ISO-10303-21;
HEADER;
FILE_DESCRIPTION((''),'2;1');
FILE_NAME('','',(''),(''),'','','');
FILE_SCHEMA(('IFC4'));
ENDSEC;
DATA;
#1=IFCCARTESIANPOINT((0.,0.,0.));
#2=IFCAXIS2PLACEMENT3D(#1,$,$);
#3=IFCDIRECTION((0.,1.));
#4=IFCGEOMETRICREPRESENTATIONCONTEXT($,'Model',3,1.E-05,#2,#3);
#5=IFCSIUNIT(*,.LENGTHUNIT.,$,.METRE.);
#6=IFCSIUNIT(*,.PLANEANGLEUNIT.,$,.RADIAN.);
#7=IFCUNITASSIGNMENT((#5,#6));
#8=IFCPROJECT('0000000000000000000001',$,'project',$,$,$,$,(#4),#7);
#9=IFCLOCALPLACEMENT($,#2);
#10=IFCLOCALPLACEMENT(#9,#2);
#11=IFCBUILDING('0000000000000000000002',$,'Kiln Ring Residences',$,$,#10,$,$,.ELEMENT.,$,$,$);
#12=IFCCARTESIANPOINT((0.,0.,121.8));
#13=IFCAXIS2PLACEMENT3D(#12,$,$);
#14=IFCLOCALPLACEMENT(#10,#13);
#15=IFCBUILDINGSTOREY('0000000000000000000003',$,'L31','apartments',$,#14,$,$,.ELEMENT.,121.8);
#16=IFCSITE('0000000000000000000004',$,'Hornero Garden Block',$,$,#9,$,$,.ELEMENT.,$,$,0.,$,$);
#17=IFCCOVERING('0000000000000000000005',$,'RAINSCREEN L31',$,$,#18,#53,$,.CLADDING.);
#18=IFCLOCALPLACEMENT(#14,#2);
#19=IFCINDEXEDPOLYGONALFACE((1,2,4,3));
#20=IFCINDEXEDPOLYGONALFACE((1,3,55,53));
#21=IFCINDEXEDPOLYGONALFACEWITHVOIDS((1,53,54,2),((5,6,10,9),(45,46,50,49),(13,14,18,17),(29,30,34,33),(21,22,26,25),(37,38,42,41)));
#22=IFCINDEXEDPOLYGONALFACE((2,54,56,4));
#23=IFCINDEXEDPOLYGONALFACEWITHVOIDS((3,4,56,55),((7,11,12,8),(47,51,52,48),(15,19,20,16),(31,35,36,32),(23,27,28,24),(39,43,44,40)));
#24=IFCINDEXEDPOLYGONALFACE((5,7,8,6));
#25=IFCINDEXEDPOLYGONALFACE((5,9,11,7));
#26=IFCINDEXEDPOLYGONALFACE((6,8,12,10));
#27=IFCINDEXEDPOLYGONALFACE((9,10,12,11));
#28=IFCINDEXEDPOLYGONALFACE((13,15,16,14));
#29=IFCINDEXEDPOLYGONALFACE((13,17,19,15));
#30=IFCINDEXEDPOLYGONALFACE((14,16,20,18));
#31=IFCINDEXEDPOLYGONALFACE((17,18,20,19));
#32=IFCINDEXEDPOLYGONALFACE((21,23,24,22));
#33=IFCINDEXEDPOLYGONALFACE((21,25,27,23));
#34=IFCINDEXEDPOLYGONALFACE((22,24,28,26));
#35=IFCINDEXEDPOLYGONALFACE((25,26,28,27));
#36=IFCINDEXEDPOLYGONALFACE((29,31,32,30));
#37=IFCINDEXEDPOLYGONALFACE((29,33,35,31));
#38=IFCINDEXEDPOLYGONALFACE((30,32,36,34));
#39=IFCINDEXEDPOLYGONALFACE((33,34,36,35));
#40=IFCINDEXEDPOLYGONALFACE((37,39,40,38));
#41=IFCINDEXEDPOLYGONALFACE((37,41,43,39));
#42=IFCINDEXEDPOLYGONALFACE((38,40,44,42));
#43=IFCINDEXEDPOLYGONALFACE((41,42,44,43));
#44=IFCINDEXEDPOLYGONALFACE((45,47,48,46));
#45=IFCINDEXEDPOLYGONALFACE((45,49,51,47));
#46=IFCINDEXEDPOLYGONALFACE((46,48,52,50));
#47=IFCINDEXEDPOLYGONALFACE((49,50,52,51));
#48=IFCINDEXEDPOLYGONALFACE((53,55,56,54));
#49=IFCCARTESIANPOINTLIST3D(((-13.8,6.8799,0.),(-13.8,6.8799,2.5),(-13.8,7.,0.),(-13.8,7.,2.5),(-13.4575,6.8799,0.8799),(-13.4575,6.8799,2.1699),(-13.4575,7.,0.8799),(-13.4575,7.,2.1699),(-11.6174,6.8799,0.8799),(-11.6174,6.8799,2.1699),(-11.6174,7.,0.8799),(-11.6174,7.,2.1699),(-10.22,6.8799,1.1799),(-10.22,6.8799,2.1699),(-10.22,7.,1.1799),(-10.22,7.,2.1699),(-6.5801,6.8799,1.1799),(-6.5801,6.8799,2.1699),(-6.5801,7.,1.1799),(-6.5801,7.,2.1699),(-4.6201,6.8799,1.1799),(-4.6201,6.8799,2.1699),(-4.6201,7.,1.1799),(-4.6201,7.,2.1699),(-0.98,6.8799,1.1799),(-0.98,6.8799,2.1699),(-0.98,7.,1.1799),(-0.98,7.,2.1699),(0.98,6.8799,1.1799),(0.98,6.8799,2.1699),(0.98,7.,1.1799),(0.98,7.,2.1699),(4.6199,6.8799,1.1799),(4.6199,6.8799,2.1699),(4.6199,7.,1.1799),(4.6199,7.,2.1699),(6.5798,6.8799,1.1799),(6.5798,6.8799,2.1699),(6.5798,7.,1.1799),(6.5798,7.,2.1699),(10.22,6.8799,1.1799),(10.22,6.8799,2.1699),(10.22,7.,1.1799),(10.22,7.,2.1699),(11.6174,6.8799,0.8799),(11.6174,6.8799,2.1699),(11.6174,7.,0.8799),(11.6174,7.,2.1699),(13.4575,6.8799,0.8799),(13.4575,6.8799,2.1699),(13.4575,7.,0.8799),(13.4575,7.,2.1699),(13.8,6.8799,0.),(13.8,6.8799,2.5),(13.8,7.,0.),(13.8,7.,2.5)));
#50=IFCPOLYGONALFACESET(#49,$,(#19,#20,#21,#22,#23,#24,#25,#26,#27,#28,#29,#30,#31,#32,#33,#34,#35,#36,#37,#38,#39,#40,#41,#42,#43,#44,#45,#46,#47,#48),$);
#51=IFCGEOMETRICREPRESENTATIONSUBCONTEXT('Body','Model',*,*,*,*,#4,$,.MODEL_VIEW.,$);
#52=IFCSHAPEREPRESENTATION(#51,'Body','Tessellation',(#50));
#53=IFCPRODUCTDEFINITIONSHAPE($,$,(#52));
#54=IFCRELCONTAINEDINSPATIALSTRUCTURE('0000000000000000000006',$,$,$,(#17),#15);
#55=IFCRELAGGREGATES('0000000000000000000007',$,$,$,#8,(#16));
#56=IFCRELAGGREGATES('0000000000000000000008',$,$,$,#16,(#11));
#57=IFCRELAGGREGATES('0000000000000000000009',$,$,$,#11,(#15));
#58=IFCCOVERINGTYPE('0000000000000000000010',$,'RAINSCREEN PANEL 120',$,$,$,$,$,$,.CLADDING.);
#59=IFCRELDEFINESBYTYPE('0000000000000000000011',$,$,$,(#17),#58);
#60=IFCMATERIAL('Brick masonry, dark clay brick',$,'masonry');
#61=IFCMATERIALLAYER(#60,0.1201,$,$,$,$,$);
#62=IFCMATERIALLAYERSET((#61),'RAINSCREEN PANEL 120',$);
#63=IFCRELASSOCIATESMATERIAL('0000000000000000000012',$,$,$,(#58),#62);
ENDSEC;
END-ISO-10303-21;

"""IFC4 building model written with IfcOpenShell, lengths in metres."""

from ifc_helpers import new_model, si_unit, direction, frame, origin, place, context, subcontext, project, spatial, polyline, outline, extrude, material, layer, layer_set, type_object, element, save


model = new_model("IFC4")

# Units and contexts
model_context = context("Model", 3, precision=1e-05, world=origin(), true_north=direction((0.0, 1.0)))
body_context = subcontext(model_context, "Body", "Model", "MODEL_VIEW")
ifc_project = project(units=[si_unit("LENGTHUNIT", "METRE"), si_unit("PLANEANGLEUNIT", "RADIAN")], contexts=[model_context])

# Site, building, storey
site_placement = place(None, origin())
site = spatial("IfcSite", under=ifc_project, at=site_placement, Name="Hornero Garden Block", CompositionType="ELEMENT", RefElevation=0.0)
building_placement = place(site_placement, origin())
building = spatial("IfcBuilding", under=site, at=building_placement, Name="Kiln Ring Residences", CompositionType="ELEMENT")
storey_placement = place(building_placement, frame((0.0, 0.0, 121.8)))
storey = spatial("IfcBuildingStorey", under=building, at=storey_placement, Name="L31", Description="apartments", CompositionType="ELEMENT", Elevation=121.8)

# Covering
ifc_material_1 = material(Name="Brick masonry, dark clay brick", Category="masonry")
ifc_layer_1 = layer(ifc_material_1, 0.1201)
ifc_layer_set_1 = layer_set([ifc_layer_1], Name="RAINSCREEN PANEL 120")
covering_type = type_object("IfcCoveringType", Name="RAINSCREEN PANEL 120", PredefinedType="CLADDING", material=ifc_layer_set_1)
covering_placement = place(storey_placement, frame((-13.8, 6.9399, 0.0), z_axis=(0.0, 0.0, 1.0), x_axis=(1.0, 0.0, 0.0)))
element("IfcCovering", 1, at=covering_placement, inside=storey, type_object=covering_type, Name="RAINSCREEN L31", PredefinedType="CLADDING", context=body_context, shape_type="SweptSolid", body=[
    extrude(outline(polyline([(0.0, 0.0), (27.6001, 0.0), (27.6001, 2.5), (0.0, 2.5), (0.0, 0.0)]), holes=[polyline([(2.1826, 0.8799), (2.1826, 2.1699), (0.3425, 2.1699), (0.3425, 0.8799), (2.1826, 0.8799)]), polyline([(25.4175, 0.8799), (27.2576, 0.8799), (27.2576, 2.1699), (25.4175, 2.1699), (25.4175, 0.8799)]), polyline([(3.5801, 1.1799), (7.22, 1.1799), (7.22, 2.1699), (3.5801, 2.1699), (3.5801, 1.1799)]), polyline([(12.8201, 1.1799), (12.8201, 2.1699), (9.1799, 2.1699), (9.1799, 1.1799), (12.8201, 1.1799)]), polyline([(14.78, 1.1799), (18.4199, 1.1799), (18.4199, 2.1699), (14.78, 2.1699), (14.78, 1.1799)]), polyline([(20.3799, 1.1799), (24.02, 1.1799), (24.02, 2.1699), (20.3799, 2.1699), (20.3799, 1.1799)])]), frame((0.0, 0.0601, 0.0), z_axis=(0.0, -1.0, 0.0), x_axis=(1.0, 0.0, 0.0)), (0.0, 0.0, 1.0), 0.1201),
])

save(model, "model.ifc")
